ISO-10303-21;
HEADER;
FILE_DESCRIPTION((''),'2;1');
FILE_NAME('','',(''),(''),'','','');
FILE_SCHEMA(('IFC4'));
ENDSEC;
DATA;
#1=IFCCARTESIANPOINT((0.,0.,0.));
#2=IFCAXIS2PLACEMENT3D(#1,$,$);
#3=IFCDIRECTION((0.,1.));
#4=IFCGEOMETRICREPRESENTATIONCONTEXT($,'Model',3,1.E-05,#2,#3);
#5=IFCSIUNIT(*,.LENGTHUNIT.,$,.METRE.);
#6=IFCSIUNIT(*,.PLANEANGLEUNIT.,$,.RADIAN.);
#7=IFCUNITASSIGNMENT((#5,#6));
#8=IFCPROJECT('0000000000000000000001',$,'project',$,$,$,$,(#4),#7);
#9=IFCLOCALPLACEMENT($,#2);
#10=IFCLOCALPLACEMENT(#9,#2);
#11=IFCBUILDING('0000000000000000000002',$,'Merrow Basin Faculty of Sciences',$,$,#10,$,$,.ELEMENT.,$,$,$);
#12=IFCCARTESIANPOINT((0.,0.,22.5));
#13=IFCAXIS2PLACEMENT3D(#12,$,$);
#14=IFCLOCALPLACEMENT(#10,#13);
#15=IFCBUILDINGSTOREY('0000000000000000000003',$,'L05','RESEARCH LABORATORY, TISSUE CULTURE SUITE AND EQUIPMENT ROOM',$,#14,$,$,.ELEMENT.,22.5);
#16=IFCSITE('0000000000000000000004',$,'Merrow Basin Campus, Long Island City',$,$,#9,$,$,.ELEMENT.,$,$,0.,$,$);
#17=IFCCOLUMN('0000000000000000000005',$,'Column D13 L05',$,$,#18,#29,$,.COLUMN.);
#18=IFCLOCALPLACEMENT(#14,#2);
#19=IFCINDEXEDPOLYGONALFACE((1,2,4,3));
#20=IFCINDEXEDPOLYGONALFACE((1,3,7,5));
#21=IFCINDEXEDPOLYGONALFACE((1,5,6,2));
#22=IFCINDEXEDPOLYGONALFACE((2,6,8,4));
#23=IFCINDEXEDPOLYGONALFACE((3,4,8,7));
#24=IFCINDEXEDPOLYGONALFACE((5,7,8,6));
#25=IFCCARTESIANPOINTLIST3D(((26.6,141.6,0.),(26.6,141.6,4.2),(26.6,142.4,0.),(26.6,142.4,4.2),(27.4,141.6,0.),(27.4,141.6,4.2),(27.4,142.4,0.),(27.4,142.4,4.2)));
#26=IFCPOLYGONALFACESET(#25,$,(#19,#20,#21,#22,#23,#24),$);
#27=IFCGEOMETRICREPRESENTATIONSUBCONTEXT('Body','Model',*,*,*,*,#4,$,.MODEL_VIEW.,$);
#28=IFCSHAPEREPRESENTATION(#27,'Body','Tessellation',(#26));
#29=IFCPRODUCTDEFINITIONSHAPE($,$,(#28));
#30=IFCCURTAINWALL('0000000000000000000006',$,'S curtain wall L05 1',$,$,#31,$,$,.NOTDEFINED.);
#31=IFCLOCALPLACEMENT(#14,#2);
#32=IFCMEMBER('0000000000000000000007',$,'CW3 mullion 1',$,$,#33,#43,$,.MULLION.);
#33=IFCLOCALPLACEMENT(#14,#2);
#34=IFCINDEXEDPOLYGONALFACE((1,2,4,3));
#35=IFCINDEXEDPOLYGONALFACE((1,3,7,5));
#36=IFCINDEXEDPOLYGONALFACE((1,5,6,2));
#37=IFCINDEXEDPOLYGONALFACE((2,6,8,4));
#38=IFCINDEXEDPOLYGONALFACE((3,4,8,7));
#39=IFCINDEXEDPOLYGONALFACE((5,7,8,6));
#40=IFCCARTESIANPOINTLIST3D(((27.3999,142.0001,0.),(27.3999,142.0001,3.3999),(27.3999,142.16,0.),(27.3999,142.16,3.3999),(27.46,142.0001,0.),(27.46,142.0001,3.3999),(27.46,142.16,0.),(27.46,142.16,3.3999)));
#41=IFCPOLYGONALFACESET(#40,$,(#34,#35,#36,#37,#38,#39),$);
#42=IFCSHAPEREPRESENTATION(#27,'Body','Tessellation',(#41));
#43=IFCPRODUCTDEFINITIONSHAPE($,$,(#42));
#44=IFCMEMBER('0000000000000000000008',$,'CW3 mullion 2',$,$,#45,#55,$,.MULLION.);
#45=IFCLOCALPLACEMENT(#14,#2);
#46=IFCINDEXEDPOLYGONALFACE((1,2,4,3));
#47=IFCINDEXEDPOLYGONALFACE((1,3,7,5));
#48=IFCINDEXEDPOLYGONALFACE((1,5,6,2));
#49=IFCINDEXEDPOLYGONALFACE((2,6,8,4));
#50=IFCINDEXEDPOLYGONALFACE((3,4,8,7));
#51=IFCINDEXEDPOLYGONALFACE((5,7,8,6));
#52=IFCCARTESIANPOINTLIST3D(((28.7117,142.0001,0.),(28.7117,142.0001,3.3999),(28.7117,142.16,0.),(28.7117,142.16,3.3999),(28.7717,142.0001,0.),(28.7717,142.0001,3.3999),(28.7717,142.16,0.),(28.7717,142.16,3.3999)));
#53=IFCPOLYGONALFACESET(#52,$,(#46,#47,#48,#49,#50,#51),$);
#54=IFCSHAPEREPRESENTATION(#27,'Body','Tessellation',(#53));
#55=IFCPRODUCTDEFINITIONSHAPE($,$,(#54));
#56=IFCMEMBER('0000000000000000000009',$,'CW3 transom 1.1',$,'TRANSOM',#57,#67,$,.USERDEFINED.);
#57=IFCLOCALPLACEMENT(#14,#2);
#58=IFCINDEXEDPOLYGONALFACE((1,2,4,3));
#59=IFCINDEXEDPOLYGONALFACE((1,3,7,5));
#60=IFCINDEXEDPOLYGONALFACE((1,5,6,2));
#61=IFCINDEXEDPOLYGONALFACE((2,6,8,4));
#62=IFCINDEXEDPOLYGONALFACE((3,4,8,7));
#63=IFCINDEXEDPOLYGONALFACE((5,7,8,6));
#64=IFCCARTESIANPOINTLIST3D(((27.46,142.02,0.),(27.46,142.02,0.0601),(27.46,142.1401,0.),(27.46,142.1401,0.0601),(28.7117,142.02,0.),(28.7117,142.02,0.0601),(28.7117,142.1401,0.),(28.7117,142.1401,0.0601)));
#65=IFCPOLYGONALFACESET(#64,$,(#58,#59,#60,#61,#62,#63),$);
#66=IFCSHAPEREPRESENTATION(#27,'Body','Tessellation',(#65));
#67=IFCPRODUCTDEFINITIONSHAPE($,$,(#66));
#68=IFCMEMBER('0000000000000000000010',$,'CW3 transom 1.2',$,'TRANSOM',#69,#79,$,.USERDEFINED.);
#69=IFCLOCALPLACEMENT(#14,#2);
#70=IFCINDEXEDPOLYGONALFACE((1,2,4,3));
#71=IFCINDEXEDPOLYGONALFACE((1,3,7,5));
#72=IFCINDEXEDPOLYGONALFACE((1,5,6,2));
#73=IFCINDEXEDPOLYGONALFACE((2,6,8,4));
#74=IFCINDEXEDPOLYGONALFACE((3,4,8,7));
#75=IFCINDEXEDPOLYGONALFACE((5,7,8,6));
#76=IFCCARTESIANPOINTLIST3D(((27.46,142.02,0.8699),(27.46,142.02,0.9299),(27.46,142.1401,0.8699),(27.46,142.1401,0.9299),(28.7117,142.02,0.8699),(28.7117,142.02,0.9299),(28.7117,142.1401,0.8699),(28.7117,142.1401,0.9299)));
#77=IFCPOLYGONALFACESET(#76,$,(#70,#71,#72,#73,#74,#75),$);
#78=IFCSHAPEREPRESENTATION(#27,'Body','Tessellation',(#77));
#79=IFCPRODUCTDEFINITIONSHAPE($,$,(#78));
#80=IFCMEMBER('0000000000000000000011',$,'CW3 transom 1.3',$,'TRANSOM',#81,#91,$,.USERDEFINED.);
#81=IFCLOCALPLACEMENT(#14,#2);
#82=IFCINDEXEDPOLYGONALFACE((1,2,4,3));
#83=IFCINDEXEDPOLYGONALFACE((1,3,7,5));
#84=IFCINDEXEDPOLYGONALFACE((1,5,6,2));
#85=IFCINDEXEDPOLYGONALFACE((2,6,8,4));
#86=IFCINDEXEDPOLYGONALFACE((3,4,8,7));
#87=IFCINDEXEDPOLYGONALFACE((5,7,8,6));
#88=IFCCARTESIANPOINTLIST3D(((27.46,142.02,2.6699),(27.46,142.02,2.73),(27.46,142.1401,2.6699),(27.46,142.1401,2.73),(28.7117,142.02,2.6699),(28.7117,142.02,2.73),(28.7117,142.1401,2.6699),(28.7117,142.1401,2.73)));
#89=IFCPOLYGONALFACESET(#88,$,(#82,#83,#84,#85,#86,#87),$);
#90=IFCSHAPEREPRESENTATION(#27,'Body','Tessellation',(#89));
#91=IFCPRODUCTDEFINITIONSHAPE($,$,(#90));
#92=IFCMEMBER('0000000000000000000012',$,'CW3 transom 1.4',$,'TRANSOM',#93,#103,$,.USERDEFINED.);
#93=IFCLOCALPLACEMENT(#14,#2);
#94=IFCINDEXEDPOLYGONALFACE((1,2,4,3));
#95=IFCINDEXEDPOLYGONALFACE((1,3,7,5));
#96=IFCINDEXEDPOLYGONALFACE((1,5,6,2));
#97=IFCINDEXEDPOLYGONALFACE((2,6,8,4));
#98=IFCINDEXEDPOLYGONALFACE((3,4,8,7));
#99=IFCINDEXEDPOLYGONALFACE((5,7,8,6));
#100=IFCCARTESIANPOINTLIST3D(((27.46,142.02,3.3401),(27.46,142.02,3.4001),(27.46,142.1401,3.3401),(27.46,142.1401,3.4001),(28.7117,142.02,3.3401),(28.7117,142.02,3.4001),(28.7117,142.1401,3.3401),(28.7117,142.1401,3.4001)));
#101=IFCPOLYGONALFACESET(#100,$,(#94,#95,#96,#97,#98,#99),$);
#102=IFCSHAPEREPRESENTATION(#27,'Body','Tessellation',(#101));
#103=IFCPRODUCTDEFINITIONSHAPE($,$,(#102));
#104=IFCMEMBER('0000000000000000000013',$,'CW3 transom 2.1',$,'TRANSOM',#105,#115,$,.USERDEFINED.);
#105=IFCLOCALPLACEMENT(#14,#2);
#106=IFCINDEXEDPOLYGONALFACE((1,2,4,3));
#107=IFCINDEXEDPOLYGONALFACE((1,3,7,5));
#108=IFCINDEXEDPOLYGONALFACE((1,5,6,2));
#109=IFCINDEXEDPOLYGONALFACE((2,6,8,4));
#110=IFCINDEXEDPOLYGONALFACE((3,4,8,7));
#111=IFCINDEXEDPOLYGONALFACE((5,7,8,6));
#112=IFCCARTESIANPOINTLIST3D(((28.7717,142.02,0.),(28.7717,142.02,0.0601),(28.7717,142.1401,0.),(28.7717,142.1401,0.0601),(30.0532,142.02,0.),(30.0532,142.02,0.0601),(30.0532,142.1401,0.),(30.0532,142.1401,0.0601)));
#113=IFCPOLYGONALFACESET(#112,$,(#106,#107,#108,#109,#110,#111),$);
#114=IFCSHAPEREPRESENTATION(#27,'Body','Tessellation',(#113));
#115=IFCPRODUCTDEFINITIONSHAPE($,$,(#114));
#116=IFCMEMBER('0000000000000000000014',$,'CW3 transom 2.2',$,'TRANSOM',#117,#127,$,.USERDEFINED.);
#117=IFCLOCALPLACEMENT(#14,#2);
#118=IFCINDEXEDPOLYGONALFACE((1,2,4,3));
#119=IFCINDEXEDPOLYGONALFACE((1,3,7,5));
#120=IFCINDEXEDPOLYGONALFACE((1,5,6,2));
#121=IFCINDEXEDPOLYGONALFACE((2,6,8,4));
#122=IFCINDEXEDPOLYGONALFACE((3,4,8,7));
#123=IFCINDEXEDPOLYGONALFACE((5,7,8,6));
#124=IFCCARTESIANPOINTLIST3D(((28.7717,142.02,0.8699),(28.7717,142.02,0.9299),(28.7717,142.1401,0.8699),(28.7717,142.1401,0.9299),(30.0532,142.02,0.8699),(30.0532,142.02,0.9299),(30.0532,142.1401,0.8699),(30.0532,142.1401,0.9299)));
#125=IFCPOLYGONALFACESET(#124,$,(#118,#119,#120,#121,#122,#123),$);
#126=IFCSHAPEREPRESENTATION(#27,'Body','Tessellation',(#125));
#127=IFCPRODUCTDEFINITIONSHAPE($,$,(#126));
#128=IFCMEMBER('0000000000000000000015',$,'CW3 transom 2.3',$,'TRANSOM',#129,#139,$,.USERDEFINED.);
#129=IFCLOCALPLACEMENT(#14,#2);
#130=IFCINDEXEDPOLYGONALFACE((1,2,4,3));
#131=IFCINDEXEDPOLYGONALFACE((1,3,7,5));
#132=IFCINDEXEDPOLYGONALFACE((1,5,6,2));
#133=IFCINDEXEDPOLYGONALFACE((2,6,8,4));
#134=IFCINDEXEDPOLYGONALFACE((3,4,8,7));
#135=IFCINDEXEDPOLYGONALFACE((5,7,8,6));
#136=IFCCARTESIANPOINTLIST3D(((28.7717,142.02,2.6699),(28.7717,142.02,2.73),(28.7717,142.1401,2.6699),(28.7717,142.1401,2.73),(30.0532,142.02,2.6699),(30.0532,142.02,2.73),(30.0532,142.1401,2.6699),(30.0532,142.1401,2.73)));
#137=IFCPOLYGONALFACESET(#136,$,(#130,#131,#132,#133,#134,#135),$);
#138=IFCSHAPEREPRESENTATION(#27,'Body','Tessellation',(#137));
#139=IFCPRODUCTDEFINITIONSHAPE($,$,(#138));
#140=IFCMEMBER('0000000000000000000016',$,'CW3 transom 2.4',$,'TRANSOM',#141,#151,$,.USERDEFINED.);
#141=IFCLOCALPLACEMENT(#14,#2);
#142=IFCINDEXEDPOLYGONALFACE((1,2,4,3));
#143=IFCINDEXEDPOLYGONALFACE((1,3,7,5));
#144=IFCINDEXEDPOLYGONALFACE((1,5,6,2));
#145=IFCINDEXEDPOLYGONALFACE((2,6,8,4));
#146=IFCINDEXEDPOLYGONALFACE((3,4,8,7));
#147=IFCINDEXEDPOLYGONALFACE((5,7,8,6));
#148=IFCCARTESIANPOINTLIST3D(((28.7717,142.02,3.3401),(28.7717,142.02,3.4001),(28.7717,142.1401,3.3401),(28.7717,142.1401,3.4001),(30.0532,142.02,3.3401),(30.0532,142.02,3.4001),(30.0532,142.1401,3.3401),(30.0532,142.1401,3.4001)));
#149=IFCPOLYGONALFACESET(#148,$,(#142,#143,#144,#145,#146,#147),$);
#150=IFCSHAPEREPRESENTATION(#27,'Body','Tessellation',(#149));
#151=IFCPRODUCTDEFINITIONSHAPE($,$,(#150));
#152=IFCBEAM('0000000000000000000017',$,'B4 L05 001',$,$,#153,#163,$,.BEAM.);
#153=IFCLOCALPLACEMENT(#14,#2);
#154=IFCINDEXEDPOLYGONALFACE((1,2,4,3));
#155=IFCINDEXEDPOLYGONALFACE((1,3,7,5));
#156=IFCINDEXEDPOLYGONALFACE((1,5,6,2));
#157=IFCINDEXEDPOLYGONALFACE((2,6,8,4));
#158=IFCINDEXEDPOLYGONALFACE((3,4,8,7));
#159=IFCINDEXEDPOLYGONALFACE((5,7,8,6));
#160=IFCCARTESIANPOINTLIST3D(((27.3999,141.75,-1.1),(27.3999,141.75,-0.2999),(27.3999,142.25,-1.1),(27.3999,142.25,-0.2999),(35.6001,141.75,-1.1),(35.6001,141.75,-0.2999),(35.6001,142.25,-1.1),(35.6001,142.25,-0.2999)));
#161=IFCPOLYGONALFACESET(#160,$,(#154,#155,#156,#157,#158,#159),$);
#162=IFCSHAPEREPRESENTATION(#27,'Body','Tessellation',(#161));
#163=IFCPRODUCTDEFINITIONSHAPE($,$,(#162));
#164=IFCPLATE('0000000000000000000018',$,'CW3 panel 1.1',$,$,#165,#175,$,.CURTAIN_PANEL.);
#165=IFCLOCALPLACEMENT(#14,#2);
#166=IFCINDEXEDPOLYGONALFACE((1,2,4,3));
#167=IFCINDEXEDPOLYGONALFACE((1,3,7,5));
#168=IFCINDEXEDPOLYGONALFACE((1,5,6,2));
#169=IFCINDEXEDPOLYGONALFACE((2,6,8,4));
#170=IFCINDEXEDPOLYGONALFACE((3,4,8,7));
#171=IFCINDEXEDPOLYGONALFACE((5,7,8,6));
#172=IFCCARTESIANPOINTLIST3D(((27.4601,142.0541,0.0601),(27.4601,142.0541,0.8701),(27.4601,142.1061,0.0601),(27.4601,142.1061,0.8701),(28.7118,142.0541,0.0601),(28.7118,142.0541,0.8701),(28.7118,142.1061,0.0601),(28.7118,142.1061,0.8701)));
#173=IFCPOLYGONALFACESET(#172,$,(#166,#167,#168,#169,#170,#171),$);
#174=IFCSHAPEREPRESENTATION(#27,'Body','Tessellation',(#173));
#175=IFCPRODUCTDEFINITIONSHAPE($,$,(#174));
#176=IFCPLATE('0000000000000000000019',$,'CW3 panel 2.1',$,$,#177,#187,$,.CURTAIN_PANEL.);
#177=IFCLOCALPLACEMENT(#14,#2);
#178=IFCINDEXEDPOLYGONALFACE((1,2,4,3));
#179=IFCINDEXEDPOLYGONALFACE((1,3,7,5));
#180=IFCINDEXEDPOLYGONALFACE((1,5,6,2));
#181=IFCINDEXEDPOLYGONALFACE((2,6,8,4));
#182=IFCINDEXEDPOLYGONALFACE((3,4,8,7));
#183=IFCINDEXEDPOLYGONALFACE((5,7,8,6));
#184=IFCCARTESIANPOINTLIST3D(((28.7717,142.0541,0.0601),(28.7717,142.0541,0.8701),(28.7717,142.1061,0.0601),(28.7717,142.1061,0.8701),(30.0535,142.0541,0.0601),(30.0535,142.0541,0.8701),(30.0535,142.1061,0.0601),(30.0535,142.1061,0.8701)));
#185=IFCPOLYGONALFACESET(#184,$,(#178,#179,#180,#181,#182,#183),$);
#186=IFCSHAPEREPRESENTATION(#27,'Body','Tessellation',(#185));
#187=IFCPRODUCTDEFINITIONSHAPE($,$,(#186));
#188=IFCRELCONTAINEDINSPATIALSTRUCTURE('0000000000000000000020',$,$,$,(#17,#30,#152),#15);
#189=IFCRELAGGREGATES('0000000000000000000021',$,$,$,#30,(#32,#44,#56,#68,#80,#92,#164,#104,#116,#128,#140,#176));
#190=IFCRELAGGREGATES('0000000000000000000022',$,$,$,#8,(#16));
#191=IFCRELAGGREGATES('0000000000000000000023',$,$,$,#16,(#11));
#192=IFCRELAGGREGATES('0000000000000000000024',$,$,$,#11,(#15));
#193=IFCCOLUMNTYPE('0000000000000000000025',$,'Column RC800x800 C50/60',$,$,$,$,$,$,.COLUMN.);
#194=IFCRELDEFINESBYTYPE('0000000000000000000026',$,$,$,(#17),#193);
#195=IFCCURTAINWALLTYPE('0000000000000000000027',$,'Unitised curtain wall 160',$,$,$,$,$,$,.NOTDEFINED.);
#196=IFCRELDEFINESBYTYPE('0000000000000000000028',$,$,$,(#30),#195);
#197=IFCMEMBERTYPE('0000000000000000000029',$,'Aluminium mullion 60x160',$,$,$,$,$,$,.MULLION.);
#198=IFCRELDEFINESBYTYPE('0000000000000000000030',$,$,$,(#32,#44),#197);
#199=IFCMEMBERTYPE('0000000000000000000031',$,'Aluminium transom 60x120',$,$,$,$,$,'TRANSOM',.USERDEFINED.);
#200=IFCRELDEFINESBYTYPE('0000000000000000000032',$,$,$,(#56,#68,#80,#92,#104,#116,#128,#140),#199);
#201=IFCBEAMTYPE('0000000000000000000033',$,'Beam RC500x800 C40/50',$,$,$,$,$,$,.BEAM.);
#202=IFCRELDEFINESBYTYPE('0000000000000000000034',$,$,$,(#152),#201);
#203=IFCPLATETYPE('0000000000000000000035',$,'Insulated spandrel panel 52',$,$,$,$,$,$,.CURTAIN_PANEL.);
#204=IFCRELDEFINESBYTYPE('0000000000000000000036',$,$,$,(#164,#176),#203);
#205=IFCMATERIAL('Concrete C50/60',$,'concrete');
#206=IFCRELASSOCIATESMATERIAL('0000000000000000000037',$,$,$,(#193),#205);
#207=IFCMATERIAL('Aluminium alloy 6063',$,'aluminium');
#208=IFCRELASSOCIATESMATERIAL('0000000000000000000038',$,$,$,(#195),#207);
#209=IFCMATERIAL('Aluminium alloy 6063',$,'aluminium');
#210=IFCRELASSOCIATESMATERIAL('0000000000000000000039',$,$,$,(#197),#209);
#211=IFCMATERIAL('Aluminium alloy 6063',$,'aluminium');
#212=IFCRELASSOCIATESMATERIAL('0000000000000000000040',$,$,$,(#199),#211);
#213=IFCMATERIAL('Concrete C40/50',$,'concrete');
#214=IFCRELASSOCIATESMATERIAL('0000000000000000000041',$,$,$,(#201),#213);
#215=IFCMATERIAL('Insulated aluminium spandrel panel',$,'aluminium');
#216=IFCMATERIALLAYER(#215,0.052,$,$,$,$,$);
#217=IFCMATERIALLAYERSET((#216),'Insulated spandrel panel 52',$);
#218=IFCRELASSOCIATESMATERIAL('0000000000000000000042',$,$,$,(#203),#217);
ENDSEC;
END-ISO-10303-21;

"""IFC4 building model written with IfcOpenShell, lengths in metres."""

from ifc_helpers import new_model, si_unit, direction, frame, origin, origin_2d, place, context, subcontext, project, spatial, rectangle, extrude, material, layer, layer_set, material_profile, profile_set, type_object, element, aggregate, save


model = new_model("IFC4")

# Units and contexts
model_context = context("Model", 3, precision=1e-05, world=origin(), true_north=direction((0.0, 1.0)))
body_context = subcontext(model_context, "Body", "Model", "MODEL_VIEW")
ifc_project = project(units=[si_unit("LENGTHUNIT", "METRE"), si_unit("PLANEANGLEUNIT", "RADIAN")], contexts=[model_context])

# Site, building, storey
site_placement = place(None, origin())
site = spatial("IfcSite", under=ifc_project, at=site_placement, Name="Merrow Basin Campus, Long Island City", CompositionType="ELEMENT", RefElevation=0.0)
building_placement = place(site_placement, origin())
building = spatial("IfcBuilding", under=site, at=building_placement, Name="Merrow Basin Faculty of Sciences", CompositionType="ELEMENT")
storey_placement = place(building_placement, frame((0.0, 0.0, 22.5)))
storey = spatial("IfcBuildingStorey", under=building, at=storey_placement, Name="L05", Description="RESEARCH LABORATORY, TISSUE CULTURE SUITE AND EQUIPMENT ROOM", CompositionType="ELEMENT", Elevation=22.5)

# Column
ifc_material_1 = material(Name="Concrete C50/60", Category="concrete")
ifc_material_profile_1 = material_profile(ifc_material_1, rectangle(XDim=0.8, YDim=0.8, at=origin_2d()))
ifc_profile_set_1 = profile_set([ifc_material_profile_1], Name="Concrete C50/60")
column_type = type_object("IfcColumnType", Name="Column RC800x800 C50/60", PredefinedType="COLUMN", material=ifc_profile_set_1)
column_placement = place(storey_placement, frame((27.0, 142.0, 0.0), z_axis=(0.0, 0.0, 1.0), x_axis=(1.0, 0.0, 0.0)))
element("IfcColumn", 1, at=column_placement, inside=storey, type_object=column_type, Name="Column D13 L05", PredefinedType="COLUMN", context=body_context, shape_type="SweptSolid", body=[
    extrude(rectangle(XDim=0.8, YDim=0.8, at=origin_2d()), origin(), (0.0, 0.0, 1.0), 4.2),
])

# Curtain wall, members
ifc_material_2 = material(Name="Aluminium alloy 6063", Category="aluminium")
curtain_wall_type = type_object("IfcCurtainWallType", Name="Unitised curtain wall 160", PredefinedType="NOTDEFINED", material=ifc_material_2)
curtain_wall_placement = place(storey_placement, origin())
curtain_wall = element("IfcCurtainWall", 2, at=curtain_wall_placement, inside=storey, type_object=curtain_wall_type, Name="S curtain wall L05 1", PredefinedType="NOTDEFINED")
ifc_material_3 = material(Name="Aluminium alloy 6063", Category="aluminium")
ifc_material_profile_2 = material_profile(ifc_material_3, rectangle(XDim=0.1599, YDim=0.0601, at=origin_2d()))
ifc_profile_set_2 = profile_set([ifc_material_profile_2], Name="Aluminium alloy 6063")
member_type_1 = type_object("IfcMemberType", Name="Aluminium mullion 60x160", PredefinedType="MULLION", material=ifc_profile_set_2)
member_1_placement = place(storey_placement, frame((27.4299, 142.0801, 0.0), z_axis=(0.0, 0.0, 1.0), x_axis=(0.0, 1.0, 0.0)))
member_1 = element("IfcMember", 3, at=member_1_placement, type_object=member_type_1, Name="CW3 mullion 1", PredefinedType="MULLION", context=body_context, shape_type="SweptSolid", body=[
    extrude(rectangle(XDim=0.1599, YDim=0.0601, at=origin_2d()), origin(), (0.0, 0.0, 1.0), 3.3999),
])
member_2_placement = place(storey_placement, frame((28.7417, 142.0801, 0.0), z_axis=(0.0, 0.0, 1.0), x_axis=(0.0, 1.0, 0.0)))
member_2 = element("IfcMember", 4, at=member_2_placement, type_object=member_type_1, Name="CW3 mullion 2", PredefinedType="MULLION", context=body_context, shape_type="SweptSolid", body=[
    extrude(rectangle(XDim=0.1599, YDim=0.0601, at=origin_2d()), origin(), (0.0, 0.0, 1.0), 3.3999),
])
ifc_material_4 = material(Name="Aluminium alloy 6063", Category="aluminium")
ifc_material_profile_3 = material_profile(ifc_material_4, rectangle(XDim=0.1201, YDim=0.0601, at=origin_2d()))
ifc_profile_set_3 = profile_set([ifc_material_profile_3], Name="Aluminium alloy 6063")
member_type_2 = type_object("IfcMemberType", Name="Aluminium transom 60x120", ElementType="TRANSOM", PredefinedType="USERDEFINED", material=ifc_profile_set_3)
member_3_placement = place(storey_placement, frame((27.46, 142.0801, 0.03), z_axis=(1.0, 0.0, 0.0), x_axis=(0.0, 1.0, 0.0)))
member_3 = element("IfcMember", 5, at=member_3_placement, type_object=member_type_2, Name="CW3 transom 1.1", ObjectType="TRANSOM", PredefinedType="USERDEFINED", context=body_context, shape_type="SweptSolid", body=[
    extrude(rectangle(XDim=0.1201, YDim=0.0601, at=origin_2d()), origin(), (0.0, 0.0, 1.0), 1.2517),
])
member_4_placement = place(storey_placement, frame((27.46, 142.0801, 0.8999), z_axis=(1.0, 0.0, 0.0), x_axis=(0.0, 1.0, 0.0)))
member_4 = element("IfcMember", 6, at=member_4_placement, type_object=member_type_2, Name="CW3 transom 1.2", ObjectType="TRANSOM", PredefinedType="USERDEFINED", context=body_context, shape_type="SweptSolid", body=[
    extrude(rectangle(XDim=0.1201, YDim=0.0601, at=origin_2d()), origin(), (0.0, 0.0, 1.0), 1.2517),
])
member_5_placement = place(storey_placement, frame((27.46, 142.0801, 2.7), z_axis=(1.0, 0.0, 0.0), x_axis=(0.0, 1.0, 0.0)))
member_5 = element("IfcMember", 7, at=member_5_placement, type_object=member_type_2, Name="CW3 transom 1.3", ObjectType="TRANSOM", PredefinedType="USERDEFINED", context=body_context, shape_type="SweptSolid", body=[
    extrude(rectangle(XDim=0.1201, YDim=0.0601, at=origin_2d()), origin(), (0.0, 0.0, 1.0), 1.2517),
])
member_6_placement = place(storey_placement, frame((27.46, 142.0801, 3.3701), z_axis=(1.0, 0.0, 0.0), x_axis=(0.0, 1.0, 0.0)))
member_6 = element("IfcMember", 8, at=member_6_placement, type_object=member_type_2, Name="CW3 transom 1.4", ObjectType="TRANSOM", PredefinedType="USERDEFINED", context=body_context, shape_type="SweptSolid", body=[
    extrude(rectangle(XDim=0.1201, YDim=0.0601, at=origin_2d()), origin(), (0.0, 0.0, 1.0), 1.2517),
])
member_7_placement = place(storey_placement, frame((28.7717, 142.0801, 0.03), z_axis=(1.0, 0.0, 0.0), x_axis=(0.0, 1.0, 0.0)))
member_7 = element("IfcMember", 9, at=member_7_placement, type_object=member_type_2, Name="CW3 transom 2.1", ObjectType="TRANSOM", PredefinedType="USERDEFINED", context=body_context, shape_type="SweptSolid", body=[
    extrude(rectangle(XDim=0.1201, YDim=0.0601, at=origin_2d()), origin(), (0.0, 0.0, 1.0), 1.2815),
])
member_8_placement = place(storey_placement, frame((28.7717, 142.0801, 0.8999), z_axis=(1.0, 0.0, 0.0), x_axis=(0.0, 1.0, 0.0)))
member_8 = element("IfcMember", 10, at=member_8_placement, type_object=member_type_2, Name="CW3 transom 2.2", ObjectType="TRANSOM", PredefinedType="USERDEFINED", context=body_context, shape_type="SweptSolid", body=[
    extrude(rectangle(XDim=0.1201, YDim=0.0601, at=origin_2d()), origin(), (0.0, 0.0, 1.0), 1.2815),
])
member_9_placement = place(storey_placement, frame((28.7717, 142.0801, 2.7), z_axis=(1.0, 0.0, 0.0), x_axis=(0.0, 1.0, 0.0)))
member_9 = element("IfcMember", 11, at=member_9_placement, type_object=member_type_2, Name="CW3 transom 2.3", ObjectType="TRANSOM", PredefinedType="USERDEFINED", context=body_context, shape_type="SweptSolid", body=[
    extrude(rectangle(XDim=0.1201, YDim=0.0601, at=origin_2d()), origin(), (0.0, 0.0, 1.0), 1.2815),
])
member_10_placement = place(storey_placement, frame((28.7717, 142.0801, 3.3701), z_axis=(1.0, 0.0, 0.0), x_axis=(0.0, 1.0, 0.0)))
member_10 = element("IfcMember", 12, at=member_10_placement, type_object=member_type_2, Name="CW3 transom 2.4", ObjectType="TRANSOM", PredefinedType="USERDEFINED", context=body_context, shape_type="SweptSolid", body=[
    extrude(rectangle(XDim=0.1201, YDim=0.0601, at=origin_2d()), origin(), (0.0, 0.0, 1.0), 1.2815),
])

# Beam
ifc_material_5 = material(Name="Concrete C40/50", Category="concrete")
ifc_material_profile_4 = material_profile(ifc_material_5, rectangle(XDim=0.5, YDim=0.8, at=origin_2d()))
ifc_profile_set_4 = profile_set([ifc_material_profile_4], Name="Concrete C40/50")
beam_type = type_object("IfcBeamType", Name="Beam RC500x800 C40/50", PredefinedType="BEAM", material=ifc_profile_set_4)
beam_placement = place(storey_placement, frame((27.3999, 142.0, -0.7), z_axis=(1.0, 0.0, 0.0), x_axis=(0.0, 1.0, 0.0)))
element("IfcBeam", 13, at=beam_placement, inside=storey, type_object=beam_type, Name="B4 L05 001", PredefinedType="BEAM", context=body_context, shape_type="SweptSolid", body=[
    extrude(rectangle(XDim=0.5, YDim=0.8, at=origin_2d()), origin(), (0.0, 0.0, 1.0), 8.2002),
])

# Plates
ifc_material_6 = material(Name="Insulated aluminium spandrel panel", Category="aluminium")
ifc_layer_1 = layer(ifc_material_6, 0.052)
ifc_layer_set_1 = layer_set([ifc_layer_1], Name="Insulated spandrel panel 52")
plate_type_1 = type_object("IfcPlateType", Name="Insulated spandrel panel 52", PredefinedType="CURTAIN_PANEL", material=ifc_layer_set_1)
plate_1_placement = place(storey_placement, frame((28.0859, 142.0801, 0.0601), z_axis=(0.0, 0.0, 1.0), x_axis=(1.0, 0.0, 0.0)))
plate_1 = element("IfcPlate", 14, at=plate_1_placement, type_object=plate_type_1, Name="CW3 panel 1.1", PredefinedType="CURTAIN_PANEL", context=body_context, shape_type="SweptSolid", body=[
    extrude(rectangle(XDim=1.2517, YDim=0.052, at=origin_2d()), origin(), (0.0, 0.0, 1.0), 0.8101),
])
plate_2_placement = place(storey_placement, frame((29.4126, 142.0801, 0.0601), z_axis=(0.0, 0.0, 1.0), x_axis=(1.0, 0.0, 0.0)))
plate_2 = element("IfcPlate", 15, at=plate_2_placement, type_object=plate_type_1, Name="CW3 panel 2.1", PredefinedType="CURTAIN_PANEL", context=body_context, shape_type="SweptSolid", body=[
    extrude(rectangle(XDim=1.2817, YDim=0.052, at=origin_2d()), origin(), (0.0, 0.0, 1.0), 0.8101),
])
aggregate(curtain_wall, [member_1, member_2, member_3, member_4, member_5, member_6, plate_1, member_7, member_8, member_9, member_10, plate_2])

save(model, "model.ifc")
